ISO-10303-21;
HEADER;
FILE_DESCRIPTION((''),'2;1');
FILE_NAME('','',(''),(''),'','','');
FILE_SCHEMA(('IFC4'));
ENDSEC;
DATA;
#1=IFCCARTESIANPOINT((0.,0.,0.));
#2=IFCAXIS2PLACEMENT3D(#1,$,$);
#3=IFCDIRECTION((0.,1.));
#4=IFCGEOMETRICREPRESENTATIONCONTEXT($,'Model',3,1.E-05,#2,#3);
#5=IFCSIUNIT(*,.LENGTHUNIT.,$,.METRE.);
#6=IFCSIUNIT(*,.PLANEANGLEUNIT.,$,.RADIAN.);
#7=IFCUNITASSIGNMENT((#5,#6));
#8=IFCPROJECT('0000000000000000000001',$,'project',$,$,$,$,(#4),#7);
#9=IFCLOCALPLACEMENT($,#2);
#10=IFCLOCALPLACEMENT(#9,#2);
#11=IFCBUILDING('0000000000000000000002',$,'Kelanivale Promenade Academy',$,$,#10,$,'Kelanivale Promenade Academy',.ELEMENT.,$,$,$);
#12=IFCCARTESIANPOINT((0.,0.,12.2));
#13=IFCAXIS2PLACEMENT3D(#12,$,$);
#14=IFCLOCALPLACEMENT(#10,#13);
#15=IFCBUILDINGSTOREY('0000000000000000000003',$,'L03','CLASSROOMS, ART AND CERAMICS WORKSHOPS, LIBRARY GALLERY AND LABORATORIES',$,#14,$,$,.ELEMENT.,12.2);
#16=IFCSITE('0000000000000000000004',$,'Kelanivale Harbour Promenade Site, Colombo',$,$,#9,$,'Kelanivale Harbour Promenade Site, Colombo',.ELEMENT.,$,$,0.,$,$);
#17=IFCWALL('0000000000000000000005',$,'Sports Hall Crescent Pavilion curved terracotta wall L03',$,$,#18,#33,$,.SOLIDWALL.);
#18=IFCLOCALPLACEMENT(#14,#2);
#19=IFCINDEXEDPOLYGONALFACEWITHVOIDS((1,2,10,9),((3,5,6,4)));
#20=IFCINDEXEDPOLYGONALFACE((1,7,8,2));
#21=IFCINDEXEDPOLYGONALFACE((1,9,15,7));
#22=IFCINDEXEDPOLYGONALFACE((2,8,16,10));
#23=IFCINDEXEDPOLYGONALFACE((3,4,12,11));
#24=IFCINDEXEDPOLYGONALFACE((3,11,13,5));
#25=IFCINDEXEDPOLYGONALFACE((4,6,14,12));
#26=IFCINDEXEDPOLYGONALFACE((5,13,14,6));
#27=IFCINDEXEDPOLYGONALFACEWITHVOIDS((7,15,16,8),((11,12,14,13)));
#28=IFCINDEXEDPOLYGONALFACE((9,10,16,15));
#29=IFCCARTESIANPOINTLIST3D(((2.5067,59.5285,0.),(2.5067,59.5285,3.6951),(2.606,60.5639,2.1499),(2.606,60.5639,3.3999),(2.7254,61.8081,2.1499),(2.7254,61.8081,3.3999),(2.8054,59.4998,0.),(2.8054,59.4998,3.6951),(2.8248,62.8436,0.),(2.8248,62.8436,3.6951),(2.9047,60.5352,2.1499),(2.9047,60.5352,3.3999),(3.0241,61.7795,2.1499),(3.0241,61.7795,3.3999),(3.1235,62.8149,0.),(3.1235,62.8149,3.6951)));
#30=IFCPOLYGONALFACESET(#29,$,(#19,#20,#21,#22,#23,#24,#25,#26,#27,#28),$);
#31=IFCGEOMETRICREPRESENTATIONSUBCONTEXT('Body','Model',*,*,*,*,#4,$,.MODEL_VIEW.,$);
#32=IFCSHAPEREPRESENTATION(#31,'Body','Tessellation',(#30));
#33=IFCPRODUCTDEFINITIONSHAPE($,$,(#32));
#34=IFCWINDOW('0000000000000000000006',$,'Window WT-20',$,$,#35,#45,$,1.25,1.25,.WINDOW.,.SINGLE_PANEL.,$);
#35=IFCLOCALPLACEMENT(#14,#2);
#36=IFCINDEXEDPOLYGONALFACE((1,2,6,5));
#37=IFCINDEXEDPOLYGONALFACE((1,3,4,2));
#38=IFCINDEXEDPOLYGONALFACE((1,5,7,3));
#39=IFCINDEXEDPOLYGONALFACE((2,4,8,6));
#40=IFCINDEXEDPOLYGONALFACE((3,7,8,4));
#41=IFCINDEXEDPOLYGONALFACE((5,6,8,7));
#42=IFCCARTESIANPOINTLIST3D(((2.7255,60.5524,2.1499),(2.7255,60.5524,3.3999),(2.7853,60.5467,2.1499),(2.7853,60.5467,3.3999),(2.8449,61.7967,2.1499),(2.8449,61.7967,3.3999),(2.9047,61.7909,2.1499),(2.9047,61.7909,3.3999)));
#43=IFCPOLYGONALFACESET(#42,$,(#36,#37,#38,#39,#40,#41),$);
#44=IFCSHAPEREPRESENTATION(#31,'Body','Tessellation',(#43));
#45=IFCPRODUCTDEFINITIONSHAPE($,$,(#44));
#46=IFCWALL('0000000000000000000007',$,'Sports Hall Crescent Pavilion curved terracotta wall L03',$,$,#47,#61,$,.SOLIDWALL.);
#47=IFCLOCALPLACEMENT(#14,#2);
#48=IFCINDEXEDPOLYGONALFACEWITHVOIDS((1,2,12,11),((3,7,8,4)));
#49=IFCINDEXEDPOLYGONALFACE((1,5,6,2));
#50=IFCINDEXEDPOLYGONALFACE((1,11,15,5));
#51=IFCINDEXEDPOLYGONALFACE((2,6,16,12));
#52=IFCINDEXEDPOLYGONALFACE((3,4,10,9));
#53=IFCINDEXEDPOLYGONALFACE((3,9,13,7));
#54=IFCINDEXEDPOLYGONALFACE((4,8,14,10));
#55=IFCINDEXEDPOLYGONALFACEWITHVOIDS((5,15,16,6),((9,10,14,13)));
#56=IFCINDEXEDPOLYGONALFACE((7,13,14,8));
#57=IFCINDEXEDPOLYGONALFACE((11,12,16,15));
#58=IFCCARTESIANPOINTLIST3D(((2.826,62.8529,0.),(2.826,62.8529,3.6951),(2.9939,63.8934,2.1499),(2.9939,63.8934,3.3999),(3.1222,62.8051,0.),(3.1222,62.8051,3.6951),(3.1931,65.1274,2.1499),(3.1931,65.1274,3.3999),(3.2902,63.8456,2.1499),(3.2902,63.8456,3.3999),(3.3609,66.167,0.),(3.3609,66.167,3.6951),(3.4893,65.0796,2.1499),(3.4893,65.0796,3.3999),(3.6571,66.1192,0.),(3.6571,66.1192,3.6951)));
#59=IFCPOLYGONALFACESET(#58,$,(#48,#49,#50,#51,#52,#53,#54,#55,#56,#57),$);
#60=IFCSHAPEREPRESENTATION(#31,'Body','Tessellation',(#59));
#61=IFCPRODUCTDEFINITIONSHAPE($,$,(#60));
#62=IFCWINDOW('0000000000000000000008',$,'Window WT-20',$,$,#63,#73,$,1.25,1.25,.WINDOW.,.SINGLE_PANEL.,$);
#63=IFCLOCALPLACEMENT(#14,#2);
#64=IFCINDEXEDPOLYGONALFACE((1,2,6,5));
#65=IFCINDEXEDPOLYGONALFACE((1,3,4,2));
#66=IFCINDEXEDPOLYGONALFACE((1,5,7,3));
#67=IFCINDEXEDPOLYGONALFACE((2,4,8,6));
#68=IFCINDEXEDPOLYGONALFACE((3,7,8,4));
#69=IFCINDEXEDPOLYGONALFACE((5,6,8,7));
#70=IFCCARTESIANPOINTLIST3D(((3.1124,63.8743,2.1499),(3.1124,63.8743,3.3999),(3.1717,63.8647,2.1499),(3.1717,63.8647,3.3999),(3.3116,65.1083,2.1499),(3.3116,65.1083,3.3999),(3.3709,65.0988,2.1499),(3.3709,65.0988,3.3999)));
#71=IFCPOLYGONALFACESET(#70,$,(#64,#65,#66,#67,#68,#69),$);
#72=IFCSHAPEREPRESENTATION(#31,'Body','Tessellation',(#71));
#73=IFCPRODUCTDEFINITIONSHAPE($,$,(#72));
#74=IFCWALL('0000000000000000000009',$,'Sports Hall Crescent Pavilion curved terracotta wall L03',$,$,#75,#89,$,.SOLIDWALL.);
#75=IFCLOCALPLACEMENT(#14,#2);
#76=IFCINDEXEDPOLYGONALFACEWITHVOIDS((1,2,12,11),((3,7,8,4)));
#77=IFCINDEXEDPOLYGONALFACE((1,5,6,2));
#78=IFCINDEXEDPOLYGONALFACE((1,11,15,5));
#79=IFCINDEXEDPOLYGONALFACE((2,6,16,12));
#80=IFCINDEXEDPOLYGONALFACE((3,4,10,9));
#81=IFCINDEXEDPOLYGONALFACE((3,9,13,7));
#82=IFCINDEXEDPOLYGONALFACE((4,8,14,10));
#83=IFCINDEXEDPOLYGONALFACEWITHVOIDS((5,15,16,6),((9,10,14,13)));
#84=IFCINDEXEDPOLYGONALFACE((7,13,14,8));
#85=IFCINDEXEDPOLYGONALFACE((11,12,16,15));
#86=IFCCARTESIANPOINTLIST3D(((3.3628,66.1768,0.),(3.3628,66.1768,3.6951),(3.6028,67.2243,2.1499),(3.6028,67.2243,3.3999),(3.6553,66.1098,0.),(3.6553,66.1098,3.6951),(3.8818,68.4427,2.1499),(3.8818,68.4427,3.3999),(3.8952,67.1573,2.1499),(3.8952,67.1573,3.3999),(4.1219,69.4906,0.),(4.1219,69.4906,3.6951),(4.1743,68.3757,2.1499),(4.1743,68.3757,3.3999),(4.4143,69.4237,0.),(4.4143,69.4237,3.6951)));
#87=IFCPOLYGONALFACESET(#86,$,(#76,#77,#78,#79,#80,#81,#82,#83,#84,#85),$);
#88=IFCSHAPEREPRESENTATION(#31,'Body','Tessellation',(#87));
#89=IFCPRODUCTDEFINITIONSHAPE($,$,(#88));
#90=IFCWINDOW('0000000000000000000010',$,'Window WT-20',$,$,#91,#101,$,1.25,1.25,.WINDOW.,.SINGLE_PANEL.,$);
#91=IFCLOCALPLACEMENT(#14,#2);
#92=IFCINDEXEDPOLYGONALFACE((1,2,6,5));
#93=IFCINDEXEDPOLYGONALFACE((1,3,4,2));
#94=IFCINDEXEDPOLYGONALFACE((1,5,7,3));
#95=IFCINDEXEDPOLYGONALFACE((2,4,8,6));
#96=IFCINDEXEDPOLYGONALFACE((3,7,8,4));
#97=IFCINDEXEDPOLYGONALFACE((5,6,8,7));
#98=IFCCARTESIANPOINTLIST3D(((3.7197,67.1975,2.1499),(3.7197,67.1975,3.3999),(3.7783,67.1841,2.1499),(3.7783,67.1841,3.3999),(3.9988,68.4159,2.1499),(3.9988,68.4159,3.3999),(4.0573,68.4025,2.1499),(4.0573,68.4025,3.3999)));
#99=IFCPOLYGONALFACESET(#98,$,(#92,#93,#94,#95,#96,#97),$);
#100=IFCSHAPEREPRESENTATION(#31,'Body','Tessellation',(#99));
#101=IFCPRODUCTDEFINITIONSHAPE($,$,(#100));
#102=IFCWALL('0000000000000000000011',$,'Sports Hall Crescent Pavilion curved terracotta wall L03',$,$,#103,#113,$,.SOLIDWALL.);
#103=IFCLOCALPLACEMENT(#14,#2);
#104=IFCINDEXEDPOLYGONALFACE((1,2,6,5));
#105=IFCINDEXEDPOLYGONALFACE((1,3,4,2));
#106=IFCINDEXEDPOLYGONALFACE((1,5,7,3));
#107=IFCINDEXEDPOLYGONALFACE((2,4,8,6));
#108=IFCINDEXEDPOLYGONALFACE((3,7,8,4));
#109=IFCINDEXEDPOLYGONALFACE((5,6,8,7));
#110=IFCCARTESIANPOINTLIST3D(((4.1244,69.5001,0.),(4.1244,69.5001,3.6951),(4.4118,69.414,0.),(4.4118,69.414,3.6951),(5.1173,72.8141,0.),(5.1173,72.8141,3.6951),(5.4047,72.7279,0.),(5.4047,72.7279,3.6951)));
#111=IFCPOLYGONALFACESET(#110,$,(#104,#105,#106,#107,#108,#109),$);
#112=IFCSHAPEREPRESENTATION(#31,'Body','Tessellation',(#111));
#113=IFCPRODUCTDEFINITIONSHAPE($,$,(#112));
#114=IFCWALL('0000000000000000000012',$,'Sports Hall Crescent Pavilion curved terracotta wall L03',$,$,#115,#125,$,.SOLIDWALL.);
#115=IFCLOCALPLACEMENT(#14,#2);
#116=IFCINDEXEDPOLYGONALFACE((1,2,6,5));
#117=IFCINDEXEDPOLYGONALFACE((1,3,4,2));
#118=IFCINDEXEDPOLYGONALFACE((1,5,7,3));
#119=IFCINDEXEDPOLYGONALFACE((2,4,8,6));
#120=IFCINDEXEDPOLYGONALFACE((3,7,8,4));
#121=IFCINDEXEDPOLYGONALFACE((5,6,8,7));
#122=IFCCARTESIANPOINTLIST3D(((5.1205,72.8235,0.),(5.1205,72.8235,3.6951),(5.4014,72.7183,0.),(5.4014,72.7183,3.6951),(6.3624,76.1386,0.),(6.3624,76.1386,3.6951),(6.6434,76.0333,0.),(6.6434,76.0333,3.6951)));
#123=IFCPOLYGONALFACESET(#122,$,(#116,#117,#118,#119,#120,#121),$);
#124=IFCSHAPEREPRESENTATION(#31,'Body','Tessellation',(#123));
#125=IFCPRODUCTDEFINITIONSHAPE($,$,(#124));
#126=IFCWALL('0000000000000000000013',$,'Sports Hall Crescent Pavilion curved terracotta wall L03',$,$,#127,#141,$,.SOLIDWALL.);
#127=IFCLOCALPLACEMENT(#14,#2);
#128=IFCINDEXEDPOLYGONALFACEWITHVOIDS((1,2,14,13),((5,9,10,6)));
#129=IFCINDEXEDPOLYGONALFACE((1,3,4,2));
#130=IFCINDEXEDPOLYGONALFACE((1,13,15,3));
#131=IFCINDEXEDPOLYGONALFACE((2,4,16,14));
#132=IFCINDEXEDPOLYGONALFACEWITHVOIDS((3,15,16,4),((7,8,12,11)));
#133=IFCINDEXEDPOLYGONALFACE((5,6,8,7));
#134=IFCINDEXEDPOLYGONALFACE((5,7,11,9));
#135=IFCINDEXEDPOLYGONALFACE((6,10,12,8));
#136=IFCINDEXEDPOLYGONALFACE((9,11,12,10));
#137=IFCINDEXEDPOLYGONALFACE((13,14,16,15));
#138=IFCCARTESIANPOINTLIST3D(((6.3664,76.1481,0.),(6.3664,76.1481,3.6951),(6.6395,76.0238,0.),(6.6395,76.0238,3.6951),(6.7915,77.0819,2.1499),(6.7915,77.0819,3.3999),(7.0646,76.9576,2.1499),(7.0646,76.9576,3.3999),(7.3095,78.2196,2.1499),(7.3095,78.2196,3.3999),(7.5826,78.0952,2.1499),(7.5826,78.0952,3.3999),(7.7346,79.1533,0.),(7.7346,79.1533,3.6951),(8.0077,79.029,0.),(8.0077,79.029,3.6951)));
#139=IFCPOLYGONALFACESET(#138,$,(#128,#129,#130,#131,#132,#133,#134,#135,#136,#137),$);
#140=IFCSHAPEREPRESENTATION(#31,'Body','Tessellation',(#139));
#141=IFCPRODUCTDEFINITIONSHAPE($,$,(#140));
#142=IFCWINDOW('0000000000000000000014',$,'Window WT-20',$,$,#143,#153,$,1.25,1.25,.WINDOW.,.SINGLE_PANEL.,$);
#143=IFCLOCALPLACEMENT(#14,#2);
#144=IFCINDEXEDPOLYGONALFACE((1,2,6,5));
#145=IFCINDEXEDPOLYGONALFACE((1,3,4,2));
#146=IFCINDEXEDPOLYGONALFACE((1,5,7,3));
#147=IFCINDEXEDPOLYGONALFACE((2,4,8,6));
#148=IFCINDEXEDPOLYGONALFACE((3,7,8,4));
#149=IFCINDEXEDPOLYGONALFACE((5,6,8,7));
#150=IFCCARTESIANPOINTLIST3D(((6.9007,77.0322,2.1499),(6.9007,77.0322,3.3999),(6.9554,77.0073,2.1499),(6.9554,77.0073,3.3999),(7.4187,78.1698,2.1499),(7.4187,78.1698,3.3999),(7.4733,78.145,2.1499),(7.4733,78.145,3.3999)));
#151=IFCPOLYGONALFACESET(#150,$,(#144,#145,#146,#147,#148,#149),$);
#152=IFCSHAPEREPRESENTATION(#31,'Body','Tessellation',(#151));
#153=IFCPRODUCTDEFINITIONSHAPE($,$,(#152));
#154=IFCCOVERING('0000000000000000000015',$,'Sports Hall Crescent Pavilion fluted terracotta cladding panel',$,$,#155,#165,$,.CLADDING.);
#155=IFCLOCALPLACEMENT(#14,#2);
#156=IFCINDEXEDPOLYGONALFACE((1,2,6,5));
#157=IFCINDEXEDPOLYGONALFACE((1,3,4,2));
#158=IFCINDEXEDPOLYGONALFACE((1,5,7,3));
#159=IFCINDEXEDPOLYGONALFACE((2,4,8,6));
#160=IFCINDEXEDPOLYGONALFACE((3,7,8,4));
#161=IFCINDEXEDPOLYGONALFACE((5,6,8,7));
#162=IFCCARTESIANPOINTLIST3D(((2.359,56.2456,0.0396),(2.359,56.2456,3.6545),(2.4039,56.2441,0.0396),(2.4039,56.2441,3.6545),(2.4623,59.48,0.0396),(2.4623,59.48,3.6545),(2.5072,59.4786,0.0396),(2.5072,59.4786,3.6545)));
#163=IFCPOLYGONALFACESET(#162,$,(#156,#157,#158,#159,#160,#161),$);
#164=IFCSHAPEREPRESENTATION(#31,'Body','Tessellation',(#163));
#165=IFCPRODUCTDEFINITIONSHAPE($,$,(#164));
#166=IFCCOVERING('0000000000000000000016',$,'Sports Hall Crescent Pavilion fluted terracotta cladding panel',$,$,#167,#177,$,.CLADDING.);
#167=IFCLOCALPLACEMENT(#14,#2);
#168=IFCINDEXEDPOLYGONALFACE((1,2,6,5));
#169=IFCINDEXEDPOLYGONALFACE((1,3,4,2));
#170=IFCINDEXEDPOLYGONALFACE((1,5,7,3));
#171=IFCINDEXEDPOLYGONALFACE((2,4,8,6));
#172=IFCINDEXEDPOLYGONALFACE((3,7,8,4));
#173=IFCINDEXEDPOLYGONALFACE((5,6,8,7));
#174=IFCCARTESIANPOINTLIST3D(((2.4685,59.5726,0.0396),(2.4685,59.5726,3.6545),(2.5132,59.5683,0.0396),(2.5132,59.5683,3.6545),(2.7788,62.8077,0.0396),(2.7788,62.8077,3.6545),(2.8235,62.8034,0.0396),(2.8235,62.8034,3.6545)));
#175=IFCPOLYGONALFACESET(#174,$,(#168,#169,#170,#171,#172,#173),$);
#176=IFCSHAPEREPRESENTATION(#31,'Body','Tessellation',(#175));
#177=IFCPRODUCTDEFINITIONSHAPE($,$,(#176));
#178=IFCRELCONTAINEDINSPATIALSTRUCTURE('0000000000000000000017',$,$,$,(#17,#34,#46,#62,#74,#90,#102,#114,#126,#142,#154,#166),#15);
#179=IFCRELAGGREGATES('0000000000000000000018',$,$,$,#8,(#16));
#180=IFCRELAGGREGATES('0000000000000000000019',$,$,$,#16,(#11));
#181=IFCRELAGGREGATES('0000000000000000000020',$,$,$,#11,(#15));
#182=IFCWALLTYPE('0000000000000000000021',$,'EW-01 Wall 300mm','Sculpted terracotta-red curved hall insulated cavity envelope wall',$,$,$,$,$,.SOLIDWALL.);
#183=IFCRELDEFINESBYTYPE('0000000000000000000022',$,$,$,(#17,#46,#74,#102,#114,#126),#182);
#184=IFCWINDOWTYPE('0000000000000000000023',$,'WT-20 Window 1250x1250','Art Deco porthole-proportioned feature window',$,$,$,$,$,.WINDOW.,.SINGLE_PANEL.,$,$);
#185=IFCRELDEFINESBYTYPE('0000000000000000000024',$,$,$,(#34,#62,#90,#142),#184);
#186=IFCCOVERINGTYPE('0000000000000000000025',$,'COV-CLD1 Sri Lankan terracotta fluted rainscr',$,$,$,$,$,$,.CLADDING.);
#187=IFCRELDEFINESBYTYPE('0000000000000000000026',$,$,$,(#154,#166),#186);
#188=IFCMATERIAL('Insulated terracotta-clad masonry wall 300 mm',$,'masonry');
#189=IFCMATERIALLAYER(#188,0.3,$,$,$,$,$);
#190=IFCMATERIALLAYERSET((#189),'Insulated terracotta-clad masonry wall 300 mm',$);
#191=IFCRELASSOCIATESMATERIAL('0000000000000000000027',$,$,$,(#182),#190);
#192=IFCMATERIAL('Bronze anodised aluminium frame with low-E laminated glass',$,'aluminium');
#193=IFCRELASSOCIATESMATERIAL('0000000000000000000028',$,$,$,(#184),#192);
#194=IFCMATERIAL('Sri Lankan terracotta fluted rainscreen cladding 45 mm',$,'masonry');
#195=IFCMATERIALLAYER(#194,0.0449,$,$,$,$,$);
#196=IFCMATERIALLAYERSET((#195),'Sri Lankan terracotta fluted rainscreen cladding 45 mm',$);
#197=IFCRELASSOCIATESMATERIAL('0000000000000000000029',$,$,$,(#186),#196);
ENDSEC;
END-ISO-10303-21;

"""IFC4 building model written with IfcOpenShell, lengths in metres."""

from ifc_helpers import new_model, si_unit, direction, frame, frame_2d, origin, origin_2d, place, context, subcontext, project, spatial, rectangle, extrude, material, layer, layer_set, type_object, element, fill, save


model = new_model("IFC4")

# Units and contexts
model_context = context("Model", 3, precision=1e-05, world=origin(), true_north=direction((0.0, 1.0)))
body_context = subcontext(model_context, "Body", "Model", "MODEL_VIEW")
ifc_project = project(units=[si_unit("LENGTHUNIT", "METRE"), si_unit("PLANEANGLEUNIT", "RADIAN")], contexts=[model_context])

# Site, building, storey
site_placement = place(None, origin())
site = spatial("IfcSite", under=ifc_project, at=site_placement, Name="Kelanivale Harbour Promenade Site, Colombo", LongName="Kelanivale Harbour Promenade Site, Colombo", CompositionType="ELEMENT", RefElevation=0.0)
building_placement = place(site_placement, origin())
building = spatial("IfcBuilding", under=site, at=building_placement, Name="Kelanivale Promenade Academy", LongName="Kelanivale Promenade Academy", CompositionType="ELEMENT")
storey_placement = place(building_placement, frame((0.0, 0.0, 12.2)))
storey = spatial("IfcBuildingStorey", under=building, at=storey_placement, Name="L03", Description="CLASSROOMS, ART AND CERAMICS WORKSHOPS, LIBRARY GALLERY AND LABORATORIES", CompositionType="ELEMENT", Elevation=12.2)

# Walls, openings, windows
ifc_material_1 = material(Name="Insulated terracotta-clad masonry wall 300 mm", Category="masonry")
ifc_layer_1 = layer(ifc_material_1, 0.3)
ifc_layer_set_1 = layer_set([ifc_layer_1], Name="Insulated terracotta-clad masonry wall 300 mm")
wall_type = type_object("IfcWallType", Name="EW-01 Wall 300mm", Description="Sculpted terracotta-red curved hall insulated cavity envelope wall", PredefinedType="SOLIDWALL", material=ifc_layer_set_1)
ifc_material_2 = material(Name="Bronze anodised aluminium frame with low-E laminated glass", Category="aluminium")
window_type = type_object("IfcWindowType", Name="WT-20 Window 1250x1250", Description="Art Deco porthole-proportioned feature window", PartitioningType="SINGLE_PANEL", PredefinedType="WINDOW", material=ifc_material_2)
wall_1_placement = place(storey_placement, frame((2.9741, 62.8291, 0.0), z_axis=(0.0, 0.0, 1.0), x_axis=(-0.095518, -0.995428, 0.0)))
wall_1 = element("IfcWall", 1, at=wall_1_placement, inside=storey, type_object=wall_type, Name="Sports Hall Crescent Pavilion curved terracotta wall L03", PredefinedType="SOLIDWALL", context=body_context, shape_type="SweptSolid", body=[
    extrude(rectangle(XDim=3.3303, YDim=0.3, at=frame_2d((1.665, 0.0))), origin(), (0.0, 0.0, 1.0), 3.6951),
])
opening_1_placement = place(wall_1_placement, frame((1.04, 0.0, 2.1499)))
opening_1 = element("IfcOpeningElement", 2, at=opening_1_placement, cuts=wall_1, PredefinedType="OPENING", context=body_context, shape_type="SweptSolid", body=[
    extrude(rectangle(XDim=1.25, YDim=1.25, at=frame_2d((0.625, 0.625))), frame((0.0, 0.1602, 0.0), z_axis=(0.0, -1.0, 0.0), x_axis=(1.0, 0.0, 0.0)), (0.0, 0.0, 1.0), 0.3201),
])
window_1_placement = place(opening_1_placement, origin())
window_1 = element("IfcWindow", 3, at=window_1_placement, inside=storey, type_object=window_type, Name="Window WT-20", OverallHeight=1.25, OverallWidth=1.25, PartitioningType="SINGLE_PANEL", PredefinedType="WINDOW", context=body_context, shape_type="SweptSolid", body=[
    extrude(rectangle(XDim=1.25, YDim=1.25, at=frame_2d((0.625, 0.625))), frame((0.0, 0.03, 0.0), z_axis=(0.0, -1.0, 0.0), x_axis=(1.0, 0.0, 0.0)), (0.0, 0.0, 1.0), 0.0601),
])
fill(opening_1, window_1)
wall_2_placement = place(storey_placement, frame((3.509, 66.1431, 0.0), z_axis=(0.0, 0.0, 1.0), x_axis=(-0.159349, -0.987222, 0.0)))
wall_2 = element("IfcWall", 4, at=wall_2_placement, inside=storey, type_object=wall_type, Name="Sports Hall Crescent Pavilion curved terracotta wall L03", PredefinedType="SOLIDWALL", context=body_context, shape_type="SweptSolid", body=[
    extrude(rectangle(XDim=3.3569, YDim=0.3, at=frame_2d((1.6785, 0.0))), origin(), (0.0, 0.0, 1.0), 3.6951),
])
opening_2_placement = place(wall_2_placement, frame((1.053, 0.0, 2.1499)))
opening_2 = element("IfcOpeningElement", 5, at=opening_2_placement, cuts=wall_2, PredefinedType="OPENING", context=body_context, shape_type="SweptSolid", body=[
    extrude(rectangle(XDim=1.25, YDim=1.25, at=frame_2d((0.625, 0.625))), frame((0.0, 0.1602, 0.0), z_axis=(0.0, -1.0, 0.0), x_axis=(1.0, 0.0, 0.0)), (0.0, 0.0, 1.0), 0.3201),
])
window_2_placement = place(opening_2_placement, origin())
window_2 = element("IfcWindow", 6, at=window_2_placement, inside=storey, type_object=window_type, Name="Window WT-20", OverallHeight=1.25, OverallWidth=1.25, PartitioningType="SINGLE_PANEL", PredefinedType="WINDOW", context=body_context, shape_type="SweptSolid", body=[
    extrude(rectangle(XDim=1.25, YDim=1.25, at=frame_2d((0.625, 0.625))), frame((0.0, 0.03, 0.0), z_axis=(0.0, -1.0, 0.0), x_axis=(1.0, 0.0, 0.0)), (0.0, 0.0, 1.0), 0.0601),
])
fill(opening_2, window_2)
wall_3_placement = place(storey_placement, frame((4.2681, 69.457, 0.0), z_axis=(0.0, 0.0, 1.0), x_axis=(-0.22326, -0.974759, 0.0)))
wall_3 = element("IfcWall", 7, at=wall_3_placement, inside=storey, type_object=wall_type, Name="Sports Hall Crescent Pavilion curved terracotta wall L03", PredefinedType="SOLIDWALL", context=body_context, shape_type="SweptSolid", body=[
    extrude(rectangle(XDim=3.3997, YDim=0.3, at=frame_2d((1.6997, 0.0))), origin(), (0.0, 0.0, 1.0), 3.6951),
])
opening_3_placement = place(wall_3_placement, frame((1.075, 0.0, 2.1499)))
opening_3 = element("IfcOpeningElement", 8, at=opening_3_placement, cuts=wall_3, PredefinedType="OPENING", context=body_context, shape_type="SweptSolid", body=[
    extrude(rectangle(XDim=1.25, YDim=1.25, at=frame_2d((0.625, 0.625))), frame((0.0, 0.1602, 0.0), z_axis=(0.0, -1.0, 0.0), x_axis=(1.0, 0.0, 0.0)), (0.0, 0.0, 1.0), 0.3201),
])
window_3_placement = place(opening_3_placement, origin())
window_3 = element("IfcWindow", 9, at=window_3_placement, inside=storey, type_object=window_type, Name="Window WT-20", OverallHeight=1.25, OverallWidth=1.25, PartitioningType="SINGLE_PANEL", PredefinedType="WINDOW", context=body_context, shape_type="SweptSolid", body=[
    extrude(rectangle(XDim=1.25, YDim=1.25, at=frame_2d((0.625, 0.625))), frame((0.0, 0.03, 0.0), z_axis=(0.0, -1.0, 0.0), x_axis=(1.0, 0.0, 0.0)), (0.0, 0.0, 1.0), 0.0601),
])
fill(opening_3, window_3)

# Walls
wall_4_placement = place(storey_placement, frame((5.261, 72.771, 0.0), z_axis=(0.0, 0.0, 1.0), x_axis=(-0.287011, -0.957927, 0.0)))
element("IfcWall", 10, at=wall_4_placement, inside=storey, type_object=wall_type, Name="Sports Hall Crescent Pavilion curved terracotta wall L03", PredefinedType="SOLIDWALL", context=body_context, shape_type="SweptSolid", body=[
    extrude(rectangle(XDim=3.4595, YDim=0.3, at=frame_2d((1.7297, 0.0))), origin(), (0.0, 0.0, 1.0), 3.6951),
])
wall_5_placement = place(storey_placement, frame((6.5029, 76.0859, 0.0), z_axis=(0.0, 0.0, 1.0), x_axis=(-0.350836, -0.936437, 0.0)))
element("IfcWall", 11, at=wall_5_placement, inside=storey, type_object=wall_type, Name="Sports Hall Crescent Pavilion curved terracotta wall L03", PredefinedType="SOLIDWALL", context=body_context, shape_type="SweptSolid", body=[
    extrude(rectangle(XDim=3.54, YDim=0.3, at=frame_2d((1.77, 0.0))), origin(), (0.0, 0.0, 1.0), 3.6951),
])

# Wall, opening, window
wall_6_placement = place(storey_placement, frame((7.8711, 79.0911, 0.0), z_axis=(0.0, 0.0, 1.0), x_axis=(-0.414354, -0.910116, 0.0)))
wall_6 = element("IfcWall", 12, at=wall_6_placement, inside=storey, type_object=wall_type, Name="Sports Hall Crescent Pavilion curved terracotta wall L03", PredefinedType="SOLIDWALL", context=body_context, shape_type="SweptSolid", body=[
    extrude(rectangle(XDim=3.302, YDim=0.3, at=frame_2d((1.6509, 0.0))), origin(), (0.0, 0.0, 1.0), 3.6951),
])
opening_4_placement = place(wall_6_placement, frame((1.0259, 0.0, 2.1499)))
opening_4 = element("IfcOpeningElement", 13, at=opening_4_placement, cuts=wall_6, PredefinedType="OPENING", context=body_context, shape_type="SweptSolid", body=[
    extrude(rectangle(XDim=1.25, YDim=1.25, at=frame_2d((0.625, 0.625))), frame((0.0, 0.1602, 0.0), z_axis=(0.0, -1.0, 0.0), x_axis=(1.0, 0.0, 0.0)), (0.0, 0.0, 1.0), 0.3201),
])
window_4_placement = place(opening_4_placement, origin())
window_4 = element("IfcWindow", 14, at=window_4_placement, inside=storey, type_object=window_type, Name="Window WT-20", OverallHeight=1.25, OverallWidth=1.25, PartitioningType="SINGLE_PANEL", PredefinedType="WINDOW", context=body_context, shape_type="SweptSolid", body=[
    extrude(rectangle(XDim=1.25, YDim=1.25, at=frame_2d((0.625, 0.625))), frame((0.0, 0.03, 0.0), z_axis=(0.0, -1.0, 0.0), x_axis=(1.0, 0.0, 0.0)), (0.0, 0.0, 1.0), 0.0601),
])
fill(opening_4, window_4)

# Coverings
ifc_material_3 = material(Name="Sri Lankan terracotta fluted rainscreen cladding 45 mm", Category="masonry")
ifc_layer_2 = layer(ifc_material_3, 0.0449)
ifc_layer_set_2 = layer_set([ifc_layer_2], Name="Sri Lankan terracotta fluted rainscreen cladding 45 mm")
covering_type = type_object("IfcCoveringType", Name="COV-CLD1 Sri Lankan terracotta fluted rainscr", PredefinedType="CLADDING", material=ifc_layer_set_2)
covering_1_placement = place(storey_placement, frame((2.4331, 57.8621, 0.0396), z_axis=(0.0, 0.0, 1.0), x_axis=(-0.031934, -0.99949, 0.0)))
element("IfcCovering", 15, at=covering_1_placement, inside=storey, type_object=covering_type, Name="Sports Hall Crescent Pavilion fluted terracotta cladding panel", PredefinedType="CLADDING", context=body_context, shape_type="SweptSolid", body=[
    extrude(rectangle(XDim=3.2361, YDim=0.0449, at=origin_2d()), origin(), (0.0, 0.0, 1.0), 3.615),
])
covering_2_placement = place(storey_placement, frame((2.646, 61.188, 0.0396), z_axis=(0.0, 0.0, 1.0), x_axis=(-0.095498, -0.99543, 0.0)))
element("IfcCovering", 16, at=covering_2_placement, inside=storey, type_object=covering_type, Name="Sports Hall Crescent Pavilion fluted terracotta cladding panel", PredefinedType="CLADDING", context=body_context, shape_type="SweptSolid", body=[
    extrude(rectangle(XDim=3.25, YDim=0.0449, at=origin_2d()), origin(), (0.0, 0.0, 1.0), 3.615),
])

save(model, "model.ifc")
